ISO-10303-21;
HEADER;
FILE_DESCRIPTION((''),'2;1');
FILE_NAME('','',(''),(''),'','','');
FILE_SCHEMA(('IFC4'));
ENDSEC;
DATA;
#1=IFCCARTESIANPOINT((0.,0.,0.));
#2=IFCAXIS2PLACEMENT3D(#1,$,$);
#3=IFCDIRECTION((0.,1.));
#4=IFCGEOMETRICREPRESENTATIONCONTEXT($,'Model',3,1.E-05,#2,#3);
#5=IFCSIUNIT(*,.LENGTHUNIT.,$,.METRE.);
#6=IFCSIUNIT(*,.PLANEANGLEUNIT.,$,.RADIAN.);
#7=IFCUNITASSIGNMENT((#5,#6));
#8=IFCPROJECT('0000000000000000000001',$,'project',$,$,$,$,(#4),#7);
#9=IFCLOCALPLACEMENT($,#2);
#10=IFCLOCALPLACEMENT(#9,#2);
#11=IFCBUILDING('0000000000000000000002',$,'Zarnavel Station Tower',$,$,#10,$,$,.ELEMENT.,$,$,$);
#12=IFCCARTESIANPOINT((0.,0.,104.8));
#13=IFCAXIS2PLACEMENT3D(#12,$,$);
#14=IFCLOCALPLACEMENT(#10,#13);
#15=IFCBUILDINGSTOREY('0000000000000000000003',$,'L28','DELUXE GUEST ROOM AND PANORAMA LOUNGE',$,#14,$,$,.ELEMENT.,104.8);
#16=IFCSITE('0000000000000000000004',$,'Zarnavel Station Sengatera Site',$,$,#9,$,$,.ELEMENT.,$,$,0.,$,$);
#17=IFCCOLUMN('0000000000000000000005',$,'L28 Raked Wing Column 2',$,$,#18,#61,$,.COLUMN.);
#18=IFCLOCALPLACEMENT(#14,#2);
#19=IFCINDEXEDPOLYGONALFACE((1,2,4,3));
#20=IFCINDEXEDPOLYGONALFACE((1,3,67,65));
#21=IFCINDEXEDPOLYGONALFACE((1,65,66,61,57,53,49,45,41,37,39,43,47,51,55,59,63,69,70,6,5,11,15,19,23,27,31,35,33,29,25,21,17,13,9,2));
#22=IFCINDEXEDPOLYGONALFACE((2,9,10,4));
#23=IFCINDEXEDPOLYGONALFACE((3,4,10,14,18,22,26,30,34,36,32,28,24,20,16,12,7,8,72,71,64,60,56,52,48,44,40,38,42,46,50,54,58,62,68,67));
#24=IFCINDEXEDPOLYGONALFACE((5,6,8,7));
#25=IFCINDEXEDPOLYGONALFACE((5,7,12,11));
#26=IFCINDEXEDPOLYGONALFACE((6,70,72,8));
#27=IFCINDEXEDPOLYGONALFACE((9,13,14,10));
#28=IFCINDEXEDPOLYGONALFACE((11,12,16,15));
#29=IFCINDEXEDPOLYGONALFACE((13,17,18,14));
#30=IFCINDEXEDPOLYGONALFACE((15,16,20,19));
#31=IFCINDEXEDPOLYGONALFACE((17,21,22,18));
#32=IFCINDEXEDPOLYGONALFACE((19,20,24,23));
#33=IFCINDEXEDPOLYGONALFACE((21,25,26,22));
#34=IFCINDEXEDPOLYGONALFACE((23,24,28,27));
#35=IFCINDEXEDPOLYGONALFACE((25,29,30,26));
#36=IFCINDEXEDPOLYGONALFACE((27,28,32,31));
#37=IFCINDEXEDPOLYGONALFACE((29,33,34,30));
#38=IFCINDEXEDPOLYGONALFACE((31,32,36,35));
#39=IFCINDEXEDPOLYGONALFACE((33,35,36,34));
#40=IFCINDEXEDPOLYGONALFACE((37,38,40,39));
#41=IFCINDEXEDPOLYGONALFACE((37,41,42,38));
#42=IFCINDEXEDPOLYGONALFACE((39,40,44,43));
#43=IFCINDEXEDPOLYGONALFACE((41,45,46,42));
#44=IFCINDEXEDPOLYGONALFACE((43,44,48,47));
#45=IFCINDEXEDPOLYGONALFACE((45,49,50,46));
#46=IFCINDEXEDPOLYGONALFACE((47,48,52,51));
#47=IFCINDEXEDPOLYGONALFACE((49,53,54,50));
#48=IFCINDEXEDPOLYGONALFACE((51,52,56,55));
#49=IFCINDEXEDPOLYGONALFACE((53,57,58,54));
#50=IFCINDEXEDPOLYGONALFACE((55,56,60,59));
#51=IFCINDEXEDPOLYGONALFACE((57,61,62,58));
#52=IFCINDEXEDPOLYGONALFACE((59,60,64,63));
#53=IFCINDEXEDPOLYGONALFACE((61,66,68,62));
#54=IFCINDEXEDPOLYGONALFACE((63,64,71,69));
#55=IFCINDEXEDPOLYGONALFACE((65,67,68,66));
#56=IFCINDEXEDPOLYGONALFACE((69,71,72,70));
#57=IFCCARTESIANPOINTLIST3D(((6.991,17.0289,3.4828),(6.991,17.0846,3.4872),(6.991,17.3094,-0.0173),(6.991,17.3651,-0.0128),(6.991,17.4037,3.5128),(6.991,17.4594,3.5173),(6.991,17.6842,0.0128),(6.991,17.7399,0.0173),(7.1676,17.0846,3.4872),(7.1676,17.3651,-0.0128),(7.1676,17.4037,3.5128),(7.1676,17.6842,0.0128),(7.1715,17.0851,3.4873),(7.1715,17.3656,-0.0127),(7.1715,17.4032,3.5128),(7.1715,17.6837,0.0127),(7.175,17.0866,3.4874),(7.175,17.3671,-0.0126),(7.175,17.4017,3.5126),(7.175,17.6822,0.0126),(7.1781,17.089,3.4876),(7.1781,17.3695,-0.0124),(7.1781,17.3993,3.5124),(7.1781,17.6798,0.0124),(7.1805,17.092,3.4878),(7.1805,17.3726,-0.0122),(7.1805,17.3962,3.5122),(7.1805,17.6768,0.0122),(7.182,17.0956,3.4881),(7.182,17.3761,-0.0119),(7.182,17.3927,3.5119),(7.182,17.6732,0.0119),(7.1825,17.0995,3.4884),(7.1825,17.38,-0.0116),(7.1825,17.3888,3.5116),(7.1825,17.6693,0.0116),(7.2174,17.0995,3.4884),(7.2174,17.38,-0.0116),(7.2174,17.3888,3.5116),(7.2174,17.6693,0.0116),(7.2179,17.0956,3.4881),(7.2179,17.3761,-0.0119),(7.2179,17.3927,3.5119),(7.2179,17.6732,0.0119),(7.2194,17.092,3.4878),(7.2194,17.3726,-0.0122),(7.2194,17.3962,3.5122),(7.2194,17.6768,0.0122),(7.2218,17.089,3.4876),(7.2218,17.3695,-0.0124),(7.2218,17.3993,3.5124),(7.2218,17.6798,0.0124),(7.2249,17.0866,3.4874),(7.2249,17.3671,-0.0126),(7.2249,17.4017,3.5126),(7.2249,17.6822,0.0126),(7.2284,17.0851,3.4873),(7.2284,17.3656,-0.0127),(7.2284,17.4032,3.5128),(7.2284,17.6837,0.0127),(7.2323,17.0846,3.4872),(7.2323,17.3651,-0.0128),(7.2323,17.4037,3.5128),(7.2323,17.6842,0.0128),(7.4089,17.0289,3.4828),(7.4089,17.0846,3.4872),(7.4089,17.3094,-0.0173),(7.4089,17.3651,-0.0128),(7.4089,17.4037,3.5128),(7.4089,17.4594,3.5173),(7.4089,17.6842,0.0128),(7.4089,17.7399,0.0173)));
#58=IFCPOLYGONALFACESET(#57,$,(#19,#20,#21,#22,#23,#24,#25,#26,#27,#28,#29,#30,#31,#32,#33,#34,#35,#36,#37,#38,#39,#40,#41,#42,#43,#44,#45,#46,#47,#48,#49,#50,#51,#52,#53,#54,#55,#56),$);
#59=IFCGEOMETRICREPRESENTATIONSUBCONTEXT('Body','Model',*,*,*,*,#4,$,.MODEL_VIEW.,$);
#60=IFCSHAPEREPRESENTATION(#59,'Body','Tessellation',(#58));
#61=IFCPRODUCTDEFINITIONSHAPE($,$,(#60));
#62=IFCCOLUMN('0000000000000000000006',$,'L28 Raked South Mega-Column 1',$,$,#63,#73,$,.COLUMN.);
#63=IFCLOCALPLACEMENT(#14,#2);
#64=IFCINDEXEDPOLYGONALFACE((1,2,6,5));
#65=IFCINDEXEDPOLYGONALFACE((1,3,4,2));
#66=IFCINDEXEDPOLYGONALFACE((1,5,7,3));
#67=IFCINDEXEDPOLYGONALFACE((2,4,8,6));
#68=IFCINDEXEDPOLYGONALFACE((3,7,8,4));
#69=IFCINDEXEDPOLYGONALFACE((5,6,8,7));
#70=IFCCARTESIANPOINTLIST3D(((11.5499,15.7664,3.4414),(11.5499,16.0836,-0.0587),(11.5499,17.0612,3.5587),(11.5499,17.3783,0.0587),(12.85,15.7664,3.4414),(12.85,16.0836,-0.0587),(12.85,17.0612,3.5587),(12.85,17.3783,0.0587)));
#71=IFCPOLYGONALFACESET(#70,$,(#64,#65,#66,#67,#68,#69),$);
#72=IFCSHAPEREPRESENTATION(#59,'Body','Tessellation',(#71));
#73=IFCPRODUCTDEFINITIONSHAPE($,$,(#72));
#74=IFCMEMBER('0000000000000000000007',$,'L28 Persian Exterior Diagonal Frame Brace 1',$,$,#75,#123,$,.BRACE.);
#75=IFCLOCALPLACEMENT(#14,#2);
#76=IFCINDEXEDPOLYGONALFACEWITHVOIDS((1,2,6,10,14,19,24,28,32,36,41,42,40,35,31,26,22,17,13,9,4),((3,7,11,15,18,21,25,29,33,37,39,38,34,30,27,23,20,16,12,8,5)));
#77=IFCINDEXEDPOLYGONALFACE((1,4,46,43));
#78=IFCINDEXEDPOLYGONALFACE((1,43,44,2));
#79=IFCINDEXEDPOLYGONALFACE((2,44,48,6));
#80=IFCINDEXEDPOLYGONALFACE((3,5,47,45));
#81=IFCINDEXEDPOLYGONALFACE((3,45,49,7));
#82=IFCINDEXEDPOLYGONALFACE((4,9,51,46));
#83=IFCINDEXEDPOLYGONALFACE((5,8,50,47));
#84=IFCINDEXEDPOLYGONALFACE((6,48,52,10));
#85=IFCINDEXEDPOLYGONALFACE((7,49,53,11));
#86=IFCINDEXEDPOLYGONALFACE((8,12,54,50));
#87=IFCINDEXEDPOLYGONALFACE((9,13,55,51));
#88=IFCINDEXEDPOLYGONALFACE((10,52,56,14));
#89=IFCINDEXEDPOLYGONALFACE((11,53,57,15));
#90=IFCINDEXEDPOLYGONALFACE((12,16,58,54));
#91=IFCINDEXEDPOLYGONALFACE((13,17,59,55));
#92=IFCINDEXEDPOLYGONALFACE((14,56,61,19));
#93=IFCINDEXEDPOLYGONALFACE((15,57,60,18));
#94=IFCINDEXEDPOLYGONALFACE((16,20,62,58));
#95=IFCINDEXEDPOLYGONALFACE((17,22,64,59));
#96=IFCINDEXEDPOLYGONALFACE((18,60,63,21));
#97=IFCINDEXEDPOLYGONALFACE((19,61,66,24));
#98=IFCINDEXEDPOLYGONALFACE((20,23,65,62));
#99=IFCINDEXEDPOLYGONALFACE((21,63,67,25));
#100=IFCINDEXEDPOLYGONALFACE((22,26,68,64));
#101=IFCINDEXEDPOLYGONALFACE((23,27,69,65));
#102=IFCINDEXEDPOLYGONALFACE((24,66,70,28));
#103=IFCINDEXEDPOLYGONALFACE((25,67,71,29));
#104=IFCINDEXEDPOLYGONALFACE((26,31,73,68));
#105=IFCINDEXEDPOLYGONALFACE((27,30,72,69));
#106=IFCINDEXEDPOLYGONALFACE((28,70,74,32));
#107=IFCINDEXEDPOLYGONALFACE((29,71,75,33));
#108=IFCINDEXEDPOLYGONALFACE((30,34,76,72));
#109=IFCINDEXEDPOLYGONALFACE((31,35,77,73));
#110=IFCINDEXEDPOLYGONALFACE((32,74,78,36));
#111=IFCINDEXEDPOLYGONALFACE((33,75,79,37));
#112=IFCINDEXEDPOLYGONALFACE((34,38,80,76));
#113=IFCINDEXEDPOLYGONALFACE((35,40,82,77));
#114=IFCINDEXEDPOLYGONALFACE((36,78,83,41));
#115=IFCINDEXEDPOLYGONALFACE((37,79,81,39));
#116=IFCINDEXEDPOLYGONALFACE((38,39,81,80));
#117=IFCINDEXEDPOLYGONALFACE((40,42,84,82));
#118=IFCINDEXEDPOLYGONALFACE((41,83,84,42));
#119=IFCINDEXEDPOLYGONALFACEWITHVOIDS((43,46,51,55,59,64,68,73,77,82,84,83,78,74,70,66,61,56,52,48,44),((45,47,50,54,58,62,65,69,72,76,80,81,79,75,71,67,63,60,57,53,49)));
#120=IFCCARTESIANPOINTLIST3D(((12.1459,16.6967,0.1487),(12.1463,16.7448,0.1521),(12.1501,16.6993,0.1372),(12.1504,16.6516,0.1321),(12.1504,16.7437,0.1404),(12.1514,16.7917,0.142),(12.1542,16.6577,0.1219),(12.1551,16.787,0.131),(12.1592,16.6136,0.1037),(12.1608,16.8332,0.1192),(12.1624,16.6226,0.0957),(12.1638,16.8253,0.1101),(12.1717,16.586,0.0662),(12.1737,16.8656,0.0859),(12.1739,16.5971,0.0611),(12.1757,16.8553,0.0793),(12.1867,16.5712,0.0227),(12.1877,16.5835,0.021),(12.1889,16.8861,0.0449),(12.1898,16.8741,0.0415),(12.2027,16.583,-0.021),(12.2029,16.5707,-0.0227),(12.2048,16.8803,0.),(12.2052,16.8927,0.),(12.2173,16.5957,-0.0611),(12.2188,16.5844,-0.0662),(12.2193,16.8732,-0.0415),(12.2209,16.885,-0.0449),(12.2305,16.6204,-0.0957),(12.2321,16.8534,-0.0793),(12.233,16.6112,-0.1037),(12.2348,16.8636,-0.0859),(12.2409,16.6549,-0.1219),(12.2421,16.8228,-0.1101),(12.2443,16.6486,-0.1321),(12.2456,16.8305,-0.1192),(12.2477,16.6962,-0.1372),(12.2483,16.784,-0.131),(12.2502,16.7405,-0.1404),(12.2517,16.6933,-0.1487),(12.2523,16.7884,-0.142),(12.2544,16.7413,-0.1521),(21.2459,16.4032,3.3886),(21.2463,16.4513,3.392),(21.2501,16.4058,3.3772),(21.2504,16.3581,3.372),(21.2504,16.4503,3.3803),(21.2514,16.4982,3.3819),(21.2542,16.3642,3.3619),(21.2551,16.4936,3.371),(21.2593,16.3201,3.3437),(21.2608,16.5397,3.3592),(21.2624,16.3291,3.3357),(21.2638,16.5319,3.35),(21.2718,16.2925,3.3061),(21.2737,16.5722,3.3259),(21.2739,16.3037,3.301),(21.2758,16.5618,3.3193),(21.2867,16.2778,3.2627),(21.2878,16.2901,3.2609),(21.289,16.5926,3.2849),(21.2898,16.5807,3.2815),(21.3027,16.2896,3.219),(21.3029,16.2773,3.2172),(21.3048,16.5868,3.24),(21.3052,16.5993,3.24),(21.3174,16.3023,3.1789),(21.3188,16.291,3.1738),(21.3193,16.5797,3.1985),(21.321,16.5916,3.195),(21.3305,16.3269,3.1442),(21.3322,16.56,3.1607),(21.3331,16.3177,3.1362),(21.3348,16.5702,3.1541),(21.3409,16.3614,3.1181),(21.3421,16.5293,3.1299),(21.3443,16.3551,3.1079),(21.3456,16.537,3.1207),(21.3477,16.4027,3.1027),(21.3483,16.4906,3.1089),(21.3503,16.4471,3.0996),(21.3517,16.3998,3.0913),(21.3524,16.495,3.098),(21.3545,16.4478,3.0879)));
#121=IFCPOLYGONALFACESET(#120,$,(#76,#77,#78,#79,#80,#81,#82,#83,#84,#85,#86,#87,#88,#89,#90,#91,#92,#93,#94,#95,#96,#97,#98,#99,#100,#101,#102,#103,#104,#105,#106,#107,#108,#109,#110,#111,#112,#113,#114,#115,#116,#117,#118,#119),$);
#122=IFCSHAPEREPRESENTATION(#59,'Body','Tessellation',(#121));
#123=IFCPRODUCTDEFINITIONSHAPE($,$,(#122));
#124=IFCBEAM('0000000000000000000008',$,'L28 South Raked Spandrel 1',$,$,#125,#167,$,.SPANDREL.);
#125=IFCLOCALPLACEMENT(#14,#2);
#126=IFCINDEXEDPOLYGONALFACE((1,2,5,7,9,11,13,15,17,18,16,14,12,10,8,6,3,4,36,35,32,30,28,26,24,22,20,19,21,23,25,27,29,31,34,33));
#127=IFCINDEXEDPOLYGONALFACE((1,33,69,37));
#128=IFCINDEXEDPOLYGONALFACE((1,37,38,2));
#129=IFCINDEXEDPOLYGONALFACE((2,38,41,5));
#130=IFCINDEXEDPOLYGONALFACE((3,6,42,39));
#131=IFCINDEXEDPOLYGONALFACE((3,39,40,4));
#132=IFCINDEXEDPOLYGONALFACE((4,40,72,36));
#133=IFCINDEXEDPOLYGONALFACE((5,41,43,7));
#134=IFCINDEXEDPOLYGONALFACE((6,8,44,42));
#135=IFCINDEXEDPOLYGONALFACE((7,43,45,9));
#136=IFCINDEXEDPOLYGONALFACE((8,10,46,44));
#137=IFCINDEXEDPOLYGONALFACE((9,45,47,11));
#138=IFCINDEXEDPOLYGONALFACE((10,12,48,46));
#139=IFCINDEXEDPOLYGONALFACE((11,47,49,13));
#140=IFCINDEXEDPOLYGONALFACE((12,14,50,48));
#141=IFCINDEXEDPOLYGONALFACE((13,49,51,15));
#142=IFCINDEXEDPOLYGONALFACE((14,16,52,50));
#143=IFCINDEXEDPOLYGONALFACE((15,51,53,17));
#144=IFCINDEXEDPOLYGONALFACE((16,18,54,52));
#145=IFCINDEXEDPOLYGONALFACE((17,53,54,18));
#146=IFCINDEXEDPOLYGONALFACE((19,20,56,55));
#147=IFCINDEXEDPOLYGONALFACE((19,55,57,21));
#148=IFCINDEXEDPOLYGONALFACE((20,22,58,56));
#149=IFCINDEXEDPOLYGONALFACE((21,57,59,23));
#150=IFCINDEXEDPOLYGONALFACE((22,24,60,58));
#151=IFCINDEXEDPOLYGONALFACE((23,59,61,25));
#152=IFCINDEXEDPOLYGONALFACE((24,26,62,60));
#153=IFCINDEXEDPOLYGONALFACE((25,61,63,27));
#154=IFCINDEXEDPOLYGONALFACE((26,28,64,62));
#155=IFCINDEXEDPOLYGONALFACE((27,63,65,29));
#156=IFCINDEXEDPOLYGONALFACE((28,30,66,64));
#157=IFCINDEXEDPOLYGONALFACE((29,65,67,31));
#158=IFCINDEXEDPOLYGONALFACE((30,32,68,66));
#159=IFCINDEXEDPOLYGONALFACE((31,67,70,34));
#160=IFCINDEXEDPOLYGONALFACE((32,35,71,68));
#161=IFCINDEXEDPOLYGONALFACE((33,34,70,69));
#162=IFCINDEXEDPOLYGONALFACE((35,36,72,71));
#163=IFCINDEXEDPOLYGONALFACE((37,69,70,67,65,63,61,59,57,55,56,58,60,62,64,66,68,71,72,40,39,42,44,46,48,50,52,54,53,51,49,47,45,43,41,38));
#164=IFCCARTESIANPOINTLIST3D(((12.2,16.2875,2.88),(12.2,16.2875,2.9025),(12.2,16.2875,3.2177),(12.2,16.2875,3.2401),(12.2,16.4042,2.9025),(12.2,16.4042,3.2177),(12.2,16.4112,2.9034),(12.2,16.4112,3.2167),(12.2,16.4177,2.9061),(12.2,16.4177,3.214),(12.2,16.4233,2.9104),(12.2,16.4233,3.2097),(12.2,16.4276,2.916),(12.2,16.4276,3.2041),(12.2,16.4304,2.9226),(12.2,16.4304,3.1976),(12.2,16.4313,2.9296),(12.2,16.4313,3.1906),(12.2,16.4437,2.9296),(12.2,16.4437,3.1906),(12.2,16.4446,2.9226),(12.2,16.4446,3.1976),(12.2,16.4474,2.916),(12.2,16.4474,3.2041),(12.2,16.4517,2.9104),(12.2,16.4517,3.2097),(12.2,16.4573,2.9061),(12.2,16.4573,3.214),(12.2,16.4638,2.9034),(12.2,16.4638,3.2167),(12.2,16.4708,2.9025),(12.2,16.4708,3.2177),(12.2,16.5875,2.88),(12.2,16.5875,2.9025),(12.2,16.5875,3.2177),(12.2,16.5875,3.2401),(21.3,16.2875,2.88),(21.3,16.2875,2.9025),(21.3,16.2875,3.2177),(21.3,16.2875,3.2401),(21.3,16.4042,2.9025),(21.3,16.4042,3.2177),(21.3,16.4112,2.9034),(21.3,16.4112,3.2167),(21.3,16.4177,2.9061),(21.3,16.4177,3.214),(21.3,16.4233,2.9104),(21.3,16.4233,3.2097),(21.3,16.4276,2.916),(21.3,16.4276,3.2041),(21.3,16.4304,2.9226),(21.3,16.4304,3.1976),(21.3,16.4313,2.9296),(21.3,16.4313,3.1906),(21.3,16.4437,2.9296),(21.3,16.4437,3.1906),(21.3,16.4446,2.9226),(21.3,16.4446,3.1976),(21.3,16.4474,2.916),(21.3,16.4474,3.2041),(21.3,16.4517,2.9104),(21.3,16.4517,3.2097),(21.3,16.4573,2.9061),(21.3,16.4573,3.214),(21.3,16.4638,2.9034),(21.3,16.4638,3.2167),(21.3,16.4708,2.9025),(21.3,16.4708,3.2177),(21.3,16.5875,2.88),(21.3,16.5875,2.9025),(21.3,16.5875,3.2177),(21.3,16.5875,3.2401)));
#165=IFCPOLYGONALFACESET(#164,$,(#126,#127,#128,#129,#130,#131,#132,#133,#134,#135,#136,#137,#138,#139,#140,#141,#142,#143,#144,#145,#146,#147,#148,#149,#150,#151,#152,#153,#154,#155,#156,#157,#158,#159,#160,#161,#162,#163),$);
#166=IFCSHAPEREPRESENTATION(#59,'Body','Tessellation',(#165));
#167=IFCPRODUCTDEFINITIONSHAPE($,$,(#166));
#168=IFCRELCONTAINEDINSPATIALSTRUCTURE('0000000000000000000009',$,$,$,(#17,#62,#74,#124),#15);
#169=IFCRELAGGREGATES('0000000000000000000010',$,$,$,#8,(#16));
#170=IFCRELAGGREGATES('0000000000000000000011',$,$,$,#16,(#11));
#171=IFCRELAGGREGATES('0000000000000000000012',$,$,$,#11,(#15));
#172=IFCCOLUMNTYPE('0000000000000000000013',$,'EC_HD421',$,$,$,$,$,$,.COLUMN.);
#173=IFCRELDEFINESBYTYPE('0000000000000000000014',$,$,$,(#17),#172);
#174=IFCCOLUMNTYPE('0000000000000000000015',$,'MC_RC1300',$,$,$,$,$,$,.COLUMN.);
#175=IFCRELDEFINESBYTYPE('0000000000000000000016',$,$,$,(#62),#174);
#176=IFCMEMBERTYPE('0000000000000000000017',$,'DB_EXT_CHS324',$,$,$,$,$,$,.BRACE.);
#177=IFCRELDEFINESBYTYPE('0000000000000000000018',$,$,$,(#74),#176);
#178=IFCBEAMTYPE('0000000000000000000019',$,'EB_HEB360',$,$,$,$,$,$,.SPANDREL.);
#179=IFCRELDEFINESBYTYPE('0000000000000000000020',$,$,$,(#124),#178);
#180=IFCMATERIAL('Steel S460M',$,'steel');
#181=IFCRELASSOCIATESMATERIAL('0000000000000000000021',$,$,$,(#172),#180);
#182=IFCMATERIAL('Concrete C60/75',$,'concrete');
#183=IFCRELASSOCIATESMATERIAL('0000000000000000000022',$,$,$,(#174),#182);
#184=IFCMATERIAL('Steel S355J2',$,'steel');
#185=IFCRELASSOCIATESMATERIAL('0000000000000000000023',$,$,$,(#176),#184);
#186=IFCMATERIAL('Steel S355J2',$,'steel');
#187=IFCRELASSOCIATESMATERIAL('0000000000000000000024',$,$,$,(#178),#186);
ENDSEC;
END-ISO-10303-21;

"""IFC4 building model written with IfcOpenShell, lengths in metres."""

from ifc_helpers import new_model, si_unit, direction, frame, origin, origin_2d, place, context, subcontext, project, spatial, rectangle, hollow_circle, i_section, extrude, material, material_profile, profile_set, type_object, element, save


model = new_model("IFC4")

# Units and contexts
model_context = context("Model", 3, precision=1e-05, world=origin(), true_north=direction((0.0, 1.0)))
body_context = subcontext(model_context, "Body", "Model", "MODEL_VIEW")
ifc_project = project(units=[si_unit("LENGTHUNIT", "METRE"), si_unit("PLANEANGLEUNIT", "RADIAN")], contexts=[model_context])

# Site, building, storey
site_placement = place(None, origin())
site = spatial("IfcSite", under=ifc_project, at=site_placement, Name="Zarnavel Station Sengatera Site", CompositionType="ELEMENT", RefElevation=0.0)
building_placement = place(site_placement, origin())
building = spatial("IfcBuilding", under=site, at=building_placement, Name="Zarnavel Station Tower", CompositionType="ELEMENT")
storey_placement = place(building_placement, frame((0.0, 0.0, 104.8)))
storey = spatial("IfcBuildingStorey", under=building, at=storey_placement, Name="L28", Description="DELUXE GUEST ROOM AND PANORAMA LOUNGE", CompositionType="ELEMENT", Elevation=104.8)

# Columns
ifc_material_1 = material(Name="Steel S460M", Category="steel")
ifc_material_profile_1 = material_profile(ifc_material_1, i_section(OverallWidth=0.418, OverallDepth=0.4319, WebThickness=0.0349, FlangeThickness=0.0559, FilletRadius=0.0149, at=origin_2d()), Name="HD400x421")
ifc_profile_set_1 = profile_set([ifc_material_profile_1], Name="Steel S460M")
column_type_1 = type_object("IfcColumnType", Name="EC_HD421", PredefinedType="COLUMN", material=ifc_profile_set_1)
column_1_placement = place(storey_placement, frame((7.2, 17.5247, 0.0), z_axis=(0.0, -0.079892, 0.996804), x_axis=(1.0, 0.0, 0.0)))
element("IfcColumn", 1, at=column_1_placement, inside=storey, type_object=column_type_1, Name="L28 Raked Wing Column 2", PredefinedType="COLUMN", context=body_context, shape_type="SweptSolid", body=[
    extrude(i_section(OverallWidth=0.418, OverallDepth=0.4319, WebThickness=0.0349, FlangeThickness=0.0559, FilletRadius=0.0149, at=origin_2d()), origin(), (0.0, 0.0, 1.0), 3.5112),
])
ifc_material_2 = material(Name="Concrete C60/75", Category="concrete")
ifc_material_profile_2 = material_profile(ifc_material_2, rectangle(XDim=1.3, YDim=1.3, at=origin_2d()), Name="RC1300x1300")
ifc_profile_set_2 = profile_set([ifc_material_profile_2], Name="Concrete C60/75")
column_type_2 = type_object("IfcColumnType", Name="MC_RC1300", PredefinedType="COLUMN", material=ifc_profile_set_2)
column_2_placement = place(storey_placement, frame((12.2, 16.731, 0.0), z_axis=(0.0, -0.090241, 0.99592), x_axis=(1.0, 0.0, 0.0)))
element("IfcColumn", 2, at=column_2_placement, inside=storey, type_object=column_type_2, Name="L28 Raked South Mega-Column 1", PredefinedType="COLUMN", context=body_context, shape_type="SweptSolid", body=[
    extrude(rectangle(XDim=1.3, YDim=1.3, at=origin_2d()), origin(), (0.0, 0.0, 1.0), 3.5144),
])

# Member
ifc_material_3 = material(Name="Steel S355J2", Category="steel")
ifc_material_profile_3 = material_profile(ifc_material_3, hollow_circle(Radius=0.1619, WallThickness=0.0125, at=origin_2d()), Name="CHS323.9x12.5")
ifc_profile_set_3 = profile_set([ifc_material_profile_3], Name="Steel S355J2")
member_type = type_object("IfcMemberType", Name="DB_EXT_CHS324", PredefinedType="BRACE", material=ifc_profile_set_3)
member_placement = place(storey_placement, frame((12.2, 16.731, 0.0), z_axis=(0.941636, -0.030366, 0.335259), x_axis=(0.032231, 0.99948, 0.0)))
element("IfcMember", 3, at=member_placement, inside=storey, type_object=member_type, Name="L28 Persian Exterior Diagonal Frame Brace 1", PredefinedType="BRACE", context=body_context, shape_type="SweptSolid", body=[
    extrude(hollow_circle(Radius=0.1619, WallThickness=0.0125, at=origin_2d()), origin(), (0.0, 0.0, 1.0), 9.6641),
])

# Beam
ifc_material_4 = material(Name="Steel S355J2", Category="steel")
ifc_material_profile_4 = material_profile(ifc_material_4, i_section(OverallWidth=0.3, OverallDepth=0.3601, WebThickness=0.0125, FlangeThickness=0.0225, FilletRadius=0.0271, at=origin_2d()), Name="HEB360")
ifc_profile_set_4 = profile_set([ifc_material_profile_4], Name="Steel S355J2")
beam_type_1 = type_object("IfcBeamType", Name="EB_HEB360", PredefinedType="SPANDREL", material=ifc_profile_set_4)
beam_1_placement = place(storey_placement, frame((12.2, 16.4375, 3.0601), z_axis=(1.0, 0.0, 0.0), x_axis=(0.0, 1.0, 0.0)))
element("IfcBeam", 4, at=beam_1_placement, inside=storey, type_object=beam_type_1, Name="L28 South Raked Spandrel 1", PredefinedType="SPANDREL", context=body_context, shape_type="SweptSolid", body=[
    extrude(i_section(OverallWidth=0.3, OverallDepth=0.3601, WebThickness=0.0125, FlangeThickness=0.0225, FilletRadius=0.0271, at=origin_2d()), origin(), (0.0, 0.0, 1.0), 9.1001),
])

save(model, "model.ifc")
